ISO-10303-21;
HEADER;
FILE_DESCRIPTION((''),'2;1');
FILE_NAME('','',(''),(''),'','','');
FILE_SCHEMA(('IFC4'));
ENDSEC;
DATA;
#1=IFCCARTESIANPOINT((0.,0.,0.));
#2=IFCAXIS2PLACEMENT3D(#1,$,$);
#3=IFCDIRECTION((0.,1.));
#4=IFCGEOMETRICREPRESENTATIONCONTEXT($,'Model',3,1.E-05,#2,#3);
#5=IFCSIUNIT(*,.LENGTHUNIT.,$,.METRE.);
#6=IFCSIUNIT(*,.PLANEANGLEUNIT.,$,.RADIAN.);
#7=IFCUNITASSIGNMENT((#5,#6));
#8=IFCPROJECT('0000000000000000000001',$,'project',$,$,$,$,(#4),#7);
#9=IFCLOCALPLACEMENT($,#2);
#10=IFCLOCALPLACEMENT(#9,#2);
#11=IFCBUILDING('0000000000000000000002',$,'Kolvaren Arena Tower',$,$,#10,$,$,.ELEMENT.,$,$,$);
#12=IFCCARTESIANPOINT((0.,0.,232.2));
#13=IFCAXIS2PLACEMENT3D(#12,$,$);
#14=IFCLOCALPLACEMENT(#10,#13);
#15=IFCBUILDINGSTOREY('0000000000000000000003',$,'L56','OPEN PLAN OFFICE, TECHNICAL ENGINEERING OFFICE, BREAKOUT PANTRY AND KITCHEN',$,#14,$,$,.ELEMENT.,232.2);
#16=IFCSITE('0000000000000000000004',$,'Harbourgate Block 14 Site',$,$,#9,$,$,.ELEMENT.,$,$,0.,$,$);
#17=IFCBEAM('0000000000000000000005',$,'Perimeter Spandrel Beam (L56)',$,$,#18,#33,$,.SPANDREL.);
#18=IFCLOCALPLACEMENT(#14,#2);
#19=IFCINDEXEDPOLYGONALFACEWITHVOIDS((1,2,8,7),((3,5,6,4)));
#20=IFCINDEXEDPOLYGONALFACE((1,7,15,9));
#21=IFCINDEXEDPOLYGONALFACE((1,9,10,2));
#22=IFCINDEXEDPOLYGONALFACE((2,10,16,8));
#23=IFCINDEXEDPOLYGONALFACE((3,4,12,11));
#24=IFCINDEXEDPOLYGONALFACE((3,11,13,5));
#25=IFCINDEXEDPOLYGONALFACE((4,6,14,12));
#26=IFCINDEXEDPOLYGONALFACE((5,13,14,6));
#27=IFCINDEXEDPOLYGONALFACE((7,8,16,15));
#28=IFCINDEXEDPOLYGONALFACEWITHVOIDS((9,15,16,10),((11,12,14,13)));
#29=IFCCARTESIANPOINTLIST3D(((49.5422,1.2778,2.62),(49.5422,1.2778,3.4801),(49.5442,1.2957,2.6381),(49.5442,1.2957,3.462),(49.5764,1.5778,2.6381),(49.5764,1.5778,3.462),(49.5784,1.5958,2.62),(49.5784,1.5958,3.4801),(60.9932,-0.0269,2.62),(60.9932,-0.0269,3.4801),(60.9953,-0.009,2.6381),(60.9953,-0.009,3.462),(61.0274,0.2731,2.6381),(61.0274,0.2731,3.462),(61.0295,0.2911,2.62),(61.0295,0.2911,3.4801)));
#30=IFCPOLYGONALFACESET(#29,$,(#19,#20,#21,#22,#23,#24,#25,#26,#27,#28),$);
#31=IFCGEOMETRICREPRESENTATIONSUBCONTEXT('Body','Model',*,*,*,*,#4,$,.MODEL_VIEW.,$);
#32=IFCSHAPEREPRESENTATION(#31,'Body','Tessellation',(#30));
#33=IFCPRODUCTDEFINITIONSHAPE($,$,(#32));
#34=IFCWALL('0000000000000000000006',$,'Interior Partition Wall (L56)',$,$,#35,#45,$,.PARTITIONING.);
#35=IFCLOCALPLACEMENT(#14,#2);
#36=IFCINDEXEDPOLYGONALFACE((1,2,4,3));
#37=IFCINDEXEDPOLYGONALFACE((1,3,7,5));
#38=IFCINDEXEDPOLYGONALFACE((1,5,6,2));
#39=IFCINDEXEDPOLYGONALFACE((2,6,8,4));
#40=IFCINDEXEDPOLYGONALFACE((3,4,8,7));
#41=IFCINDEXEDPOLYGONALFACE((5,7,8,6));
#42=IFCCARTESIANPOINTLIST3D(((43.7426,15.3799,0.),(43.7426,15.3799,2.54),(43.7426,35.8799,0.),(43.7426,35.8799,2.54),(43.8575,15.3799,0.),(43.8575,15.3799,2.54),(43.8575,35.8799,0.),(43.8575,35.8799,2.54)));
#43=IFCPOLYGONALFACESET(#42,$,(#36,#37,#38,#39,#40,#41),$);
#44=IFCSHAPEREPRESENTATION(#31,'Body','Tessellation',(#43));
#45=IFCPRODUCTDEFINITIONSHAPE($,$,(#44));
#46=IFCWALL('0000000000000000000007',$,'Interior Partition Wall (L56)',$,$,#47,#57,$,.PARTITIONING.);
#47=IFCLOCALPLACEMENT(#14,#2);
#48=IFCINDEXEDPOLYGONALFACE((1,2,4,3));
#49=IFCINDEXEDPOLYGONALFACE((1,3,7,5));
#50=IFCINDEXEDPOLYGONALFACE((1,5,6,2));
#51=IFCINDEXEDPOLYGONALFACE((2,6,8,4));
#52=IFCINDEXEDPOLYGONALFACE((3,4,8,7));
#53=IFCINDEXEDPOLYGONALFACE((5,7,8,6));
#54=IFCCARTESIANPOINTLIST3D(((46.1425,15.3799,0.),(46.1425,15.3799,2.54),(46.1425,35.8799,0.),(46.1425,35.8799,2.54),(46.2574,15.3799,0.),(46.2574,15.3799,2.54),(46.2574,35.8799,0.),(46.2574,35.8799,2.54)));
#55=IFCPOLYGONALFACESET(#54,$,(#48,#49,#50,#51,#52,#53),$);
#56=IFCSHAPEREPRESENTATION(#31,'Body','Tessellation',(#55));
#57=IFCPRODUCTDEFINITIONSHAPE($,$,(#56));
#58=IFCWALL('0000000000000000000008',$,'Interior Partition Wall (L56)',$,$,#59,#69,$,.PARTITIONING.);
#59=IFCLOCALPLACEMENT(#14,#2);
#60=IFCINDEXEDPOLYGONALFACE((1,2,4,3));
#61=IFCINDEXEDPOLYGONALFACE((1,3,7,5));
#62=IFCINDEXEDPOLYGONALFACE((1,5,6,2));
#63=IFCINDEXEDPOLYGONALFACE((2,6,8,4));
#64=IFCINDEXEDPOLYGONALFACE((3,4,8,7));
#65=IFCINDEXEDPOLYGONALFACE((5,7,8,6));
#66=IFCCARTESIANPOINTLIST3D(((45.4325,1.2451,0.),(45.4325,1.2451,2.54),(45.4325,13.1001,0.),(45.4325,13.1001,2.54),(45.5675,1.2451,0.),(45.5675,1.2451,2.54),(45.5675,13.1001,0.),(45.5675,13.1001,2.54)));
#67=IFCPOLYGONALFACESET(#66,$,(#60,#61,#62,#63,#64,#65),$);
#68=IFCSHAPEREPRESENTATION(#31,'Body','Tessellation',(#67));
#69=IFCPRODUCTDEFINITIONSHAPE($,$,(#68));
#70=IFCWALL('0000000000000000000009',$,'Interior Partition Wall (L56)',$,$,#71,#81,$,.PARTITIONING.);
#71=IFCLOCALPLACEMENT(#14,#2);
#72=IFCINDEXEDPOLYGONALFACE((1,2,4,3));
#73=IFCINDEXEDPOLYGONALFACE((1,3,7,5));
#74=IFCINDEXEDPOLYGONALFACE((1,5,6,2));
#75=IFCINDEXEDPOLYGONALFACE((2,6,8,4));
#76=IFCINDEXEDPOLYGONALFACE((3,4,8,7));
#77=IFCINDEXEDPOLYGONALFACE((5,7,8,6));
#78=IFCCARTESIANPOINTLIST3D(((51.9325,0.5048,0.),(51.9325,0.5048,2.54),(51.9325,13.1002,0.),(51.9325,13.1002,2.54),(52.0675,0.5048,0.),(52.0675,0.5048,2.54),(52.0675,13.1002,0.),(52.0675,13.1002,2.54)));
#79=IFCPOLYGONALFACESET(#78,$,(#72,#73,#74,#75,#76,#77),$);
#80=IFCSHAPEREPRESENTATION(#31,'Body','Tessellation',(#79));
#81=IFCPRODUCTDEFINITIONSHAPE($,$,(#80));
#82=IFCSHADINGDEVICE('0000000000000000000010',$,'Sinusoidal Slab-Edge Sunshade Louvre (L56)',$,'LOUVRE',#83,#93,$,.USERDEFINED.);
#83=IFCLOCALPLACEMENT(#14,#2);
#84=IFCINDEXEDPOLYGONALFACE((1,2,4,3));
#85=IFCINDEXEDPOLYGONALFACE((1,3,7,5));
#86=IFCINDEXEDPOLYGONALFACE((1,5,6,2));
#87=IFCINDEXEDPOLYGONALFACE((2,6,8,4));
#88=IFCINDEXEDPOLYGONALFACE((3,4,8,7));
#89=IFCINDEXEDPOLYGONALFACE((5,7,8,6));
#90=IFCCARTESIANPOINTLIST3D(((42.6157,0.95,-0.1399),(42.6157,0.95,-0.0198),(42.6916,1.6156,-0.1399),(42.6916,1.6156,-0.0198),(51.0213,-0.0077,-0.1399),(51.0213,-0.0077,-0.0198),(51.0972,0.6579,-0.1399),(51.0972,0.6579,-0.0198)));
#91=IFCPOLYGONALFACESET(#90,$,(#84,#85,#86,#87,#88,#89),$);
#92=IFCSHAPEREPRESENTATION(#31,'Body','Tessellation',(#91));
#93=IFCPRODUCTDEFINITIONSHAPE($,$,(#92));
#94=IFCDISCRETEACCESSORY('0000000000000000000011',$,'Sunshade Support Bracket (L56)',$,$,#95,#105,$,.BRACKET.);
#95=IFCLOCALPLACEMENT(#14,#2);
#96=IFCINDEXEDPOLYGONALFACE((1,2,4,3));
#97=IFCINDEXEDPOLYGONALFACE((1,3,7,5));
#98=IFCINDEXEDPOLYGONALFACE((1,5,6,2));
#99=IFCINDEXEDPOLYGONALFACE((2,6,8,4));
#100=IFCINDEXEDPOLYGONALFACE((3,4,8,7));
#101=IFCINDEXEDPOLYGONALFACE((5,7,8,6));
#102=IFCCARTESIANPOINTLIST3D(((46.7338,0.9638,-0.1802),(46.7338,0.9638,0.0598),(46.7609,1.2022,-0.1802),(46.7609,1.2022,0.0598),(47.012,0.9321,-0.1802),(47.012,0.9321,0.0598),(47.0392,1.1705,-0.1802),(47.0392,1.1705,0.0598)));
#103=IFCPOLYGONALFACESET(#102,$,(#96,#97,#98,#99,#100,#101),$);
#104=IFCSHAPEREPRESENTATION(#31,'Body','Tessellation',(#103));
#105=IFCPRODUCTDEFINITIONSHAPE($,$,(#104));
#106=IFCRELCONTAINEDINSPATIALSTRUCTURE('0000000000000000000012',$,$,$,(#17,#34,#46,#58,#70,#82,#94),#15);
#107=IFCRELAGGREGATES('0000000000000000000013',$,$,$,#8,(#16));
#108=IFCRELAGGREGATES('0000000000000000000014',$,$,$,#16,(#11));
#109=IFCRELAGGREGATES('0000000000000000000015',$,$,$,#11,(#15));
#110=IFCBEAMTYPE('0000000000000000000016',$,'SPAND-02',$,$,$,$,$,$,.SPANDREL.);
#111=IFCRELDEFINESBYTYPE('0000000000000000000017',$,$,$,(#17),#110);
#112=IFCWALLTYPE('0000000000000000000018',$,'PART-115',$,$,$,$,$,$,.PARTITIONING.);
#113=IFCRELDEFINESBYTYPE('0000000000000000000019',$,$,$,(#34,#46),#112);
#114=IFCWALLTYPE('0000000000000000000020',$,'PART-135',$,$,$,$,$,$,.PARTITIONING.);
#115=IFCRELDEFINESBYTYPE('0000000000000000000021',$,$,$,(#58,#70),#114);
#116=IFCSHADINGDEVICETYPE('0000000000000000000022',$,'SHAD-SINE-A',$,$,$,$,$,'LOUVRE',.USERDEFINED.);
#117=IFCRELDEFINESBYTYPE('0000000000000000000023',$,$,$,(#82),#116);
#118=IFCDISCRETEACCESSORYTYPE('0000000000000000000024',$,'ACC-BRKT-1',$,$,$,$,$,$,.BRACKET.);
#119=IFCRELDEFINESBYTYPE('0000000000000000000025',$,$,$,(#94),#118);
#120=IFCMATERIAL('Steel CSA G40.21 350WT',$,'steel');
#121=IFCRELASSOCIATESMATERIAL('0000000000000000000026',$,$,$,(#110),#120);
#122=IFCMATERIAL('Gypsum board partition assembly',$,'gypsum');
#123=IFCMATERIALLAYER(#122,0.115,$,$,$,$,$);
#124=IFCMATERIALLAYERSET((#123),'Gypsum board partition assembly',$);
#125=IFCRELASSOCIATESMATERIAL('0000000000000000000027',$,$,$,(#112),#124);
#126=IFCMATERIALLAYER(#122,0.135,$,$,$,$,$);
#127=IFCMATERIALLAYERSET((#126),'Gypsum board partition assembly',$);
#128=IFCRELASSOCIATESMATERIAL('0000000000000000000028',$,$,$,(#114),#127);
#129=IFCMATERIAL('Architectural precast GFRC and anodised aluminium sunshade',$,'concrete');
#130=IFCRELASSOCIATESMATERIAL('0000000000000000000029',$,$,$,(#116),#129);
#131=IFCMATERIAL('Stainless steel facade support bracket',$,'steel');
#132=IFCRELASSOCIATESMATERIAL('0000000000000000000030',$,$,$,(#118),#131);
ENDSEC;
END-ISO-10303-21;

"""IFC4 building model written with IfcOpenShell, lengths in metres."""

from ifc_helpers import new_model, si_unit, direction, frame, frame_2d, origin, origin_2d, place, context, subcontext, project, spatial, rectangle, hollow_rectangle, extrude, material, layer, layer_set, material_profile, profile_set, type_object, element, save


model = new_model("IFC4")

# Units and contexts
model_context = context("Model", 3, precision=1e-05, world=origin(), true_north=direction((0.0, 1.0)))
body_context = subcontext(model_context, "Body", "Model", "MODEL_VIEW")
ifc_project = project(units=[si_unit("LENGTHUNIT", "METRE"), si_unit("PLANEANGLEUNIT", "RADIAN")], contexts=[model_context])

# Site, building, storey
site_placement = place(None, origin())
site = spatial("IfcSite", under=ifc_project, at=site_placement, Name="Harbourgate Block 14 Site", CompositionType="ELEMENT", RefElevation=0.0)
building_placement = place(site_placement, origin())
building = spatial("IfcBuilding", under=site, at=building_placement, Name="Kolvaren Arena Tower", CompositionType="ELEMENT")
storey_placement = place(building_placement, frame((0.0, 0.0, 232.2)))
storey = spatial("IfcBuildingStorey", under=building, at=storey_placement, Name="L56", Description="OPEN PLAN OFFICE, TECHNICAL ENGINEERING OFFICE, BREAKOUT PANTRY AND KITCHEN", CompositionType="ELEMENT", Elevation=232.2)

# Beam
ifc_material_1 = material(Name="Steel CSA G40.21 350WT", Category="steel")
ifc_material_profile_1 = material_profile(ifc_material_1, hollow_rectangle(XDim=0.3201, YDim=0.8601, WallThickness=0.0181, at=origin_2d()), Name="HSS 860x320x18")
ifc_profile_set_1 = profile_set([ifc_material_profile_1], Name="Steel CSA G40.21 350WT")
beam_type_1 = type_object("IfcBeamType", Name="SPAND-02", PredefinedType="SPANDREL", material=ifc_profile_set_1)
beam_1_placement = place(storey_placement, frame((49.5603, 1.4368, 3.05), z_axis=(0.993572, -0.113202, 0.0), x_axis=(0.113202, 0.993572, 0.0)))
element("IfcBeam", 1, at=beam_1_placement, inside=storey, type_object=beam_type_1, Name="Perimeter Spandrel Beam (L56)", PredefinedType="SPANDREL", context=body_context, shape_type="SweptSolid", body=[
    extrude(hollow_rectangle(XDim=0.3201, YDim=0.8601, WallThickness=0.0181, at=origin_2d()), origin(), (0.0, 0.0, 1.0), 11.5251),
])

# Walls
ifc_material_2 = material(Name="Gypsum board partition assembly", Category="gypsum")
ifc_layer_1 = layer(ifc_material_2, 0.115)
ifc_layer_set_1 = layer_set([ifc_layer_1], Name="Gypsum board partition assembly")
wall_type_1 = type_object("IfcWallType", Name="PART-115", PredefinedType="PARTITIONING", material=ifc_layer_set_1)
for number, where, z_axis, x_axis, name in (
    (2, (43.8, 15.3799, 0.0), (0.0, 0.0, 1.0), (0.0, 1.0, 0.0), "Interior Partition Wall (L56)"),
    (3, (46.2, 15.3799, 0.0), (0.0, 0.0, 1.0), (0.0, 1.0, 0.0), "Interior Partition Wall (L56)"),
):
    element("IfcWall", number, at=place(storey_placement, frame(where, z_axis=z_axis, x_axis=x_axis)), inside=storey, type_object=wall_type_1, Name=name, PredefinedType="PARTITIONING", context=body_context, shape_type="SweptSolid", body=[
        extrude(rectangle(XDim=20.5, YDim=0.115, at=frame_2d((10.25, 0.0))), origin(), (0.0, 0.0, 1.0), 2.54),
    ])
ifc_layer_2 = layer(ifc_material_2, 0.135)
ifc_layer_set_2 = layer_set([ifc_layer_2], Name="Gypsum board partition assembly")
wall_type_2 = type_object("IfcWallType", Name="PART-135", PredefinedType="PARTITIONING", material=ifc_layer_set_2)
wall_1_placement = place(storey_placement, frame((45.5, 1.2451, 0.0), z_axis=(0.0, 0.0, 1.0), x_axis=(0.0, 1.0, 0.0)))
element("IfcWall", 4, at=wall_1_placement, inside=storey, type_object=wall_type_2, Name="Interior Partition Wall (L56)", PredefinedType="PARTITIONING", context=body_context, shape_type="SweptSolid", body=[
    extrude(rectangle(XDim=11.855, YDim=0.135, at=frame_2d((5.9275, 0.0))), origin(), (0.0, 0.0, 1.0), 2.54),
])
wall_2_placement = place(storey_placement, frame((52.0, 0.5046, 0.0), z_axis=(0.0, 0.0, 1.0), x_axis=(0.0, 1.0, 0.0)))
element("IfcWall", 5, at=wall_2_placement, inside=storey, type_object=wall_type_2, Name="Interior Partition Wall (L56)", PredefinedType="PARTITIONING", context=body_context, shape_type="SweptSolid", body=[
    extrude(rectangle(XDim=12.5955, YDim=0.135, at=frame_2d((6.2979, 0.0))), origin(), (0.0, 0.0, 1.0), 2.54),
])

# Shading device
ifc_material_3 = material(Name="Architectural precast GFRC and anodised aluminium sunshade", Category="concrete")
shading_device_type = type_object("IfcShadingDeviceType", Name="SHAD-SINE-A", ElementType="LOUVRE", PredefinedType="USERDEFINED", material=ifc_material_3)
shading_device_placement = place(storey_placement, frame((46.8564, 0.804, -0.1399), z_axis=(0.0, 0.0, 1.0), x_axis=(-0.993572, 0.113205, 0.0)))
element("IfcShadingDevice", 6, at=shading_device_placement, inside=storey, type_object=shading_device_type, Name="Sinusoidal Slab-Edge Sunshade Louvre (L56)", ObjectType="LOUVRE", PredefinedType="USERDEFINED", context=body_context, shape_type="SweptSolid", body=[
    extrude(rectangle(XDim=8.46, YDim=0.6699, at=origin_2d()), origin(), (0.0, 0.0, 1.0), 0.1201),
])

# Discrete accessory
ifc_material_4 = material(Name="Stainless steel facade support bracket", Category="steel")
discrete_accessory_type = type_object("IfcDiscreteAccessoryType", Name="ACC-BRKT-1", PredefinedType="BRACKET", material=ifc_material_4)
discrete_accessory_placement = place(storey_placement, frame((46.8865, 1.0671, -0.1802), z_axis=(0.0, 0.0, 1.0), x_axis=(-0.993572, 0.113205, 0.0)))
element("IfcDiscreteAccessory", 7, at=discrete_accessory_placement, inside=storey, type_object=discrete_accessory_type, Name="Sunshade Support Bracket (L56)", PredefinedType="BRACKET", context=body_context, shape_type="SweptSolid", body=[
    extrude(rectangle(XDim=0.28, YDim=0.24, at=origin_2d()), origin(), (0.0, 0.0, 1.0), 0.24),
])

save(model, "model.ifc")
